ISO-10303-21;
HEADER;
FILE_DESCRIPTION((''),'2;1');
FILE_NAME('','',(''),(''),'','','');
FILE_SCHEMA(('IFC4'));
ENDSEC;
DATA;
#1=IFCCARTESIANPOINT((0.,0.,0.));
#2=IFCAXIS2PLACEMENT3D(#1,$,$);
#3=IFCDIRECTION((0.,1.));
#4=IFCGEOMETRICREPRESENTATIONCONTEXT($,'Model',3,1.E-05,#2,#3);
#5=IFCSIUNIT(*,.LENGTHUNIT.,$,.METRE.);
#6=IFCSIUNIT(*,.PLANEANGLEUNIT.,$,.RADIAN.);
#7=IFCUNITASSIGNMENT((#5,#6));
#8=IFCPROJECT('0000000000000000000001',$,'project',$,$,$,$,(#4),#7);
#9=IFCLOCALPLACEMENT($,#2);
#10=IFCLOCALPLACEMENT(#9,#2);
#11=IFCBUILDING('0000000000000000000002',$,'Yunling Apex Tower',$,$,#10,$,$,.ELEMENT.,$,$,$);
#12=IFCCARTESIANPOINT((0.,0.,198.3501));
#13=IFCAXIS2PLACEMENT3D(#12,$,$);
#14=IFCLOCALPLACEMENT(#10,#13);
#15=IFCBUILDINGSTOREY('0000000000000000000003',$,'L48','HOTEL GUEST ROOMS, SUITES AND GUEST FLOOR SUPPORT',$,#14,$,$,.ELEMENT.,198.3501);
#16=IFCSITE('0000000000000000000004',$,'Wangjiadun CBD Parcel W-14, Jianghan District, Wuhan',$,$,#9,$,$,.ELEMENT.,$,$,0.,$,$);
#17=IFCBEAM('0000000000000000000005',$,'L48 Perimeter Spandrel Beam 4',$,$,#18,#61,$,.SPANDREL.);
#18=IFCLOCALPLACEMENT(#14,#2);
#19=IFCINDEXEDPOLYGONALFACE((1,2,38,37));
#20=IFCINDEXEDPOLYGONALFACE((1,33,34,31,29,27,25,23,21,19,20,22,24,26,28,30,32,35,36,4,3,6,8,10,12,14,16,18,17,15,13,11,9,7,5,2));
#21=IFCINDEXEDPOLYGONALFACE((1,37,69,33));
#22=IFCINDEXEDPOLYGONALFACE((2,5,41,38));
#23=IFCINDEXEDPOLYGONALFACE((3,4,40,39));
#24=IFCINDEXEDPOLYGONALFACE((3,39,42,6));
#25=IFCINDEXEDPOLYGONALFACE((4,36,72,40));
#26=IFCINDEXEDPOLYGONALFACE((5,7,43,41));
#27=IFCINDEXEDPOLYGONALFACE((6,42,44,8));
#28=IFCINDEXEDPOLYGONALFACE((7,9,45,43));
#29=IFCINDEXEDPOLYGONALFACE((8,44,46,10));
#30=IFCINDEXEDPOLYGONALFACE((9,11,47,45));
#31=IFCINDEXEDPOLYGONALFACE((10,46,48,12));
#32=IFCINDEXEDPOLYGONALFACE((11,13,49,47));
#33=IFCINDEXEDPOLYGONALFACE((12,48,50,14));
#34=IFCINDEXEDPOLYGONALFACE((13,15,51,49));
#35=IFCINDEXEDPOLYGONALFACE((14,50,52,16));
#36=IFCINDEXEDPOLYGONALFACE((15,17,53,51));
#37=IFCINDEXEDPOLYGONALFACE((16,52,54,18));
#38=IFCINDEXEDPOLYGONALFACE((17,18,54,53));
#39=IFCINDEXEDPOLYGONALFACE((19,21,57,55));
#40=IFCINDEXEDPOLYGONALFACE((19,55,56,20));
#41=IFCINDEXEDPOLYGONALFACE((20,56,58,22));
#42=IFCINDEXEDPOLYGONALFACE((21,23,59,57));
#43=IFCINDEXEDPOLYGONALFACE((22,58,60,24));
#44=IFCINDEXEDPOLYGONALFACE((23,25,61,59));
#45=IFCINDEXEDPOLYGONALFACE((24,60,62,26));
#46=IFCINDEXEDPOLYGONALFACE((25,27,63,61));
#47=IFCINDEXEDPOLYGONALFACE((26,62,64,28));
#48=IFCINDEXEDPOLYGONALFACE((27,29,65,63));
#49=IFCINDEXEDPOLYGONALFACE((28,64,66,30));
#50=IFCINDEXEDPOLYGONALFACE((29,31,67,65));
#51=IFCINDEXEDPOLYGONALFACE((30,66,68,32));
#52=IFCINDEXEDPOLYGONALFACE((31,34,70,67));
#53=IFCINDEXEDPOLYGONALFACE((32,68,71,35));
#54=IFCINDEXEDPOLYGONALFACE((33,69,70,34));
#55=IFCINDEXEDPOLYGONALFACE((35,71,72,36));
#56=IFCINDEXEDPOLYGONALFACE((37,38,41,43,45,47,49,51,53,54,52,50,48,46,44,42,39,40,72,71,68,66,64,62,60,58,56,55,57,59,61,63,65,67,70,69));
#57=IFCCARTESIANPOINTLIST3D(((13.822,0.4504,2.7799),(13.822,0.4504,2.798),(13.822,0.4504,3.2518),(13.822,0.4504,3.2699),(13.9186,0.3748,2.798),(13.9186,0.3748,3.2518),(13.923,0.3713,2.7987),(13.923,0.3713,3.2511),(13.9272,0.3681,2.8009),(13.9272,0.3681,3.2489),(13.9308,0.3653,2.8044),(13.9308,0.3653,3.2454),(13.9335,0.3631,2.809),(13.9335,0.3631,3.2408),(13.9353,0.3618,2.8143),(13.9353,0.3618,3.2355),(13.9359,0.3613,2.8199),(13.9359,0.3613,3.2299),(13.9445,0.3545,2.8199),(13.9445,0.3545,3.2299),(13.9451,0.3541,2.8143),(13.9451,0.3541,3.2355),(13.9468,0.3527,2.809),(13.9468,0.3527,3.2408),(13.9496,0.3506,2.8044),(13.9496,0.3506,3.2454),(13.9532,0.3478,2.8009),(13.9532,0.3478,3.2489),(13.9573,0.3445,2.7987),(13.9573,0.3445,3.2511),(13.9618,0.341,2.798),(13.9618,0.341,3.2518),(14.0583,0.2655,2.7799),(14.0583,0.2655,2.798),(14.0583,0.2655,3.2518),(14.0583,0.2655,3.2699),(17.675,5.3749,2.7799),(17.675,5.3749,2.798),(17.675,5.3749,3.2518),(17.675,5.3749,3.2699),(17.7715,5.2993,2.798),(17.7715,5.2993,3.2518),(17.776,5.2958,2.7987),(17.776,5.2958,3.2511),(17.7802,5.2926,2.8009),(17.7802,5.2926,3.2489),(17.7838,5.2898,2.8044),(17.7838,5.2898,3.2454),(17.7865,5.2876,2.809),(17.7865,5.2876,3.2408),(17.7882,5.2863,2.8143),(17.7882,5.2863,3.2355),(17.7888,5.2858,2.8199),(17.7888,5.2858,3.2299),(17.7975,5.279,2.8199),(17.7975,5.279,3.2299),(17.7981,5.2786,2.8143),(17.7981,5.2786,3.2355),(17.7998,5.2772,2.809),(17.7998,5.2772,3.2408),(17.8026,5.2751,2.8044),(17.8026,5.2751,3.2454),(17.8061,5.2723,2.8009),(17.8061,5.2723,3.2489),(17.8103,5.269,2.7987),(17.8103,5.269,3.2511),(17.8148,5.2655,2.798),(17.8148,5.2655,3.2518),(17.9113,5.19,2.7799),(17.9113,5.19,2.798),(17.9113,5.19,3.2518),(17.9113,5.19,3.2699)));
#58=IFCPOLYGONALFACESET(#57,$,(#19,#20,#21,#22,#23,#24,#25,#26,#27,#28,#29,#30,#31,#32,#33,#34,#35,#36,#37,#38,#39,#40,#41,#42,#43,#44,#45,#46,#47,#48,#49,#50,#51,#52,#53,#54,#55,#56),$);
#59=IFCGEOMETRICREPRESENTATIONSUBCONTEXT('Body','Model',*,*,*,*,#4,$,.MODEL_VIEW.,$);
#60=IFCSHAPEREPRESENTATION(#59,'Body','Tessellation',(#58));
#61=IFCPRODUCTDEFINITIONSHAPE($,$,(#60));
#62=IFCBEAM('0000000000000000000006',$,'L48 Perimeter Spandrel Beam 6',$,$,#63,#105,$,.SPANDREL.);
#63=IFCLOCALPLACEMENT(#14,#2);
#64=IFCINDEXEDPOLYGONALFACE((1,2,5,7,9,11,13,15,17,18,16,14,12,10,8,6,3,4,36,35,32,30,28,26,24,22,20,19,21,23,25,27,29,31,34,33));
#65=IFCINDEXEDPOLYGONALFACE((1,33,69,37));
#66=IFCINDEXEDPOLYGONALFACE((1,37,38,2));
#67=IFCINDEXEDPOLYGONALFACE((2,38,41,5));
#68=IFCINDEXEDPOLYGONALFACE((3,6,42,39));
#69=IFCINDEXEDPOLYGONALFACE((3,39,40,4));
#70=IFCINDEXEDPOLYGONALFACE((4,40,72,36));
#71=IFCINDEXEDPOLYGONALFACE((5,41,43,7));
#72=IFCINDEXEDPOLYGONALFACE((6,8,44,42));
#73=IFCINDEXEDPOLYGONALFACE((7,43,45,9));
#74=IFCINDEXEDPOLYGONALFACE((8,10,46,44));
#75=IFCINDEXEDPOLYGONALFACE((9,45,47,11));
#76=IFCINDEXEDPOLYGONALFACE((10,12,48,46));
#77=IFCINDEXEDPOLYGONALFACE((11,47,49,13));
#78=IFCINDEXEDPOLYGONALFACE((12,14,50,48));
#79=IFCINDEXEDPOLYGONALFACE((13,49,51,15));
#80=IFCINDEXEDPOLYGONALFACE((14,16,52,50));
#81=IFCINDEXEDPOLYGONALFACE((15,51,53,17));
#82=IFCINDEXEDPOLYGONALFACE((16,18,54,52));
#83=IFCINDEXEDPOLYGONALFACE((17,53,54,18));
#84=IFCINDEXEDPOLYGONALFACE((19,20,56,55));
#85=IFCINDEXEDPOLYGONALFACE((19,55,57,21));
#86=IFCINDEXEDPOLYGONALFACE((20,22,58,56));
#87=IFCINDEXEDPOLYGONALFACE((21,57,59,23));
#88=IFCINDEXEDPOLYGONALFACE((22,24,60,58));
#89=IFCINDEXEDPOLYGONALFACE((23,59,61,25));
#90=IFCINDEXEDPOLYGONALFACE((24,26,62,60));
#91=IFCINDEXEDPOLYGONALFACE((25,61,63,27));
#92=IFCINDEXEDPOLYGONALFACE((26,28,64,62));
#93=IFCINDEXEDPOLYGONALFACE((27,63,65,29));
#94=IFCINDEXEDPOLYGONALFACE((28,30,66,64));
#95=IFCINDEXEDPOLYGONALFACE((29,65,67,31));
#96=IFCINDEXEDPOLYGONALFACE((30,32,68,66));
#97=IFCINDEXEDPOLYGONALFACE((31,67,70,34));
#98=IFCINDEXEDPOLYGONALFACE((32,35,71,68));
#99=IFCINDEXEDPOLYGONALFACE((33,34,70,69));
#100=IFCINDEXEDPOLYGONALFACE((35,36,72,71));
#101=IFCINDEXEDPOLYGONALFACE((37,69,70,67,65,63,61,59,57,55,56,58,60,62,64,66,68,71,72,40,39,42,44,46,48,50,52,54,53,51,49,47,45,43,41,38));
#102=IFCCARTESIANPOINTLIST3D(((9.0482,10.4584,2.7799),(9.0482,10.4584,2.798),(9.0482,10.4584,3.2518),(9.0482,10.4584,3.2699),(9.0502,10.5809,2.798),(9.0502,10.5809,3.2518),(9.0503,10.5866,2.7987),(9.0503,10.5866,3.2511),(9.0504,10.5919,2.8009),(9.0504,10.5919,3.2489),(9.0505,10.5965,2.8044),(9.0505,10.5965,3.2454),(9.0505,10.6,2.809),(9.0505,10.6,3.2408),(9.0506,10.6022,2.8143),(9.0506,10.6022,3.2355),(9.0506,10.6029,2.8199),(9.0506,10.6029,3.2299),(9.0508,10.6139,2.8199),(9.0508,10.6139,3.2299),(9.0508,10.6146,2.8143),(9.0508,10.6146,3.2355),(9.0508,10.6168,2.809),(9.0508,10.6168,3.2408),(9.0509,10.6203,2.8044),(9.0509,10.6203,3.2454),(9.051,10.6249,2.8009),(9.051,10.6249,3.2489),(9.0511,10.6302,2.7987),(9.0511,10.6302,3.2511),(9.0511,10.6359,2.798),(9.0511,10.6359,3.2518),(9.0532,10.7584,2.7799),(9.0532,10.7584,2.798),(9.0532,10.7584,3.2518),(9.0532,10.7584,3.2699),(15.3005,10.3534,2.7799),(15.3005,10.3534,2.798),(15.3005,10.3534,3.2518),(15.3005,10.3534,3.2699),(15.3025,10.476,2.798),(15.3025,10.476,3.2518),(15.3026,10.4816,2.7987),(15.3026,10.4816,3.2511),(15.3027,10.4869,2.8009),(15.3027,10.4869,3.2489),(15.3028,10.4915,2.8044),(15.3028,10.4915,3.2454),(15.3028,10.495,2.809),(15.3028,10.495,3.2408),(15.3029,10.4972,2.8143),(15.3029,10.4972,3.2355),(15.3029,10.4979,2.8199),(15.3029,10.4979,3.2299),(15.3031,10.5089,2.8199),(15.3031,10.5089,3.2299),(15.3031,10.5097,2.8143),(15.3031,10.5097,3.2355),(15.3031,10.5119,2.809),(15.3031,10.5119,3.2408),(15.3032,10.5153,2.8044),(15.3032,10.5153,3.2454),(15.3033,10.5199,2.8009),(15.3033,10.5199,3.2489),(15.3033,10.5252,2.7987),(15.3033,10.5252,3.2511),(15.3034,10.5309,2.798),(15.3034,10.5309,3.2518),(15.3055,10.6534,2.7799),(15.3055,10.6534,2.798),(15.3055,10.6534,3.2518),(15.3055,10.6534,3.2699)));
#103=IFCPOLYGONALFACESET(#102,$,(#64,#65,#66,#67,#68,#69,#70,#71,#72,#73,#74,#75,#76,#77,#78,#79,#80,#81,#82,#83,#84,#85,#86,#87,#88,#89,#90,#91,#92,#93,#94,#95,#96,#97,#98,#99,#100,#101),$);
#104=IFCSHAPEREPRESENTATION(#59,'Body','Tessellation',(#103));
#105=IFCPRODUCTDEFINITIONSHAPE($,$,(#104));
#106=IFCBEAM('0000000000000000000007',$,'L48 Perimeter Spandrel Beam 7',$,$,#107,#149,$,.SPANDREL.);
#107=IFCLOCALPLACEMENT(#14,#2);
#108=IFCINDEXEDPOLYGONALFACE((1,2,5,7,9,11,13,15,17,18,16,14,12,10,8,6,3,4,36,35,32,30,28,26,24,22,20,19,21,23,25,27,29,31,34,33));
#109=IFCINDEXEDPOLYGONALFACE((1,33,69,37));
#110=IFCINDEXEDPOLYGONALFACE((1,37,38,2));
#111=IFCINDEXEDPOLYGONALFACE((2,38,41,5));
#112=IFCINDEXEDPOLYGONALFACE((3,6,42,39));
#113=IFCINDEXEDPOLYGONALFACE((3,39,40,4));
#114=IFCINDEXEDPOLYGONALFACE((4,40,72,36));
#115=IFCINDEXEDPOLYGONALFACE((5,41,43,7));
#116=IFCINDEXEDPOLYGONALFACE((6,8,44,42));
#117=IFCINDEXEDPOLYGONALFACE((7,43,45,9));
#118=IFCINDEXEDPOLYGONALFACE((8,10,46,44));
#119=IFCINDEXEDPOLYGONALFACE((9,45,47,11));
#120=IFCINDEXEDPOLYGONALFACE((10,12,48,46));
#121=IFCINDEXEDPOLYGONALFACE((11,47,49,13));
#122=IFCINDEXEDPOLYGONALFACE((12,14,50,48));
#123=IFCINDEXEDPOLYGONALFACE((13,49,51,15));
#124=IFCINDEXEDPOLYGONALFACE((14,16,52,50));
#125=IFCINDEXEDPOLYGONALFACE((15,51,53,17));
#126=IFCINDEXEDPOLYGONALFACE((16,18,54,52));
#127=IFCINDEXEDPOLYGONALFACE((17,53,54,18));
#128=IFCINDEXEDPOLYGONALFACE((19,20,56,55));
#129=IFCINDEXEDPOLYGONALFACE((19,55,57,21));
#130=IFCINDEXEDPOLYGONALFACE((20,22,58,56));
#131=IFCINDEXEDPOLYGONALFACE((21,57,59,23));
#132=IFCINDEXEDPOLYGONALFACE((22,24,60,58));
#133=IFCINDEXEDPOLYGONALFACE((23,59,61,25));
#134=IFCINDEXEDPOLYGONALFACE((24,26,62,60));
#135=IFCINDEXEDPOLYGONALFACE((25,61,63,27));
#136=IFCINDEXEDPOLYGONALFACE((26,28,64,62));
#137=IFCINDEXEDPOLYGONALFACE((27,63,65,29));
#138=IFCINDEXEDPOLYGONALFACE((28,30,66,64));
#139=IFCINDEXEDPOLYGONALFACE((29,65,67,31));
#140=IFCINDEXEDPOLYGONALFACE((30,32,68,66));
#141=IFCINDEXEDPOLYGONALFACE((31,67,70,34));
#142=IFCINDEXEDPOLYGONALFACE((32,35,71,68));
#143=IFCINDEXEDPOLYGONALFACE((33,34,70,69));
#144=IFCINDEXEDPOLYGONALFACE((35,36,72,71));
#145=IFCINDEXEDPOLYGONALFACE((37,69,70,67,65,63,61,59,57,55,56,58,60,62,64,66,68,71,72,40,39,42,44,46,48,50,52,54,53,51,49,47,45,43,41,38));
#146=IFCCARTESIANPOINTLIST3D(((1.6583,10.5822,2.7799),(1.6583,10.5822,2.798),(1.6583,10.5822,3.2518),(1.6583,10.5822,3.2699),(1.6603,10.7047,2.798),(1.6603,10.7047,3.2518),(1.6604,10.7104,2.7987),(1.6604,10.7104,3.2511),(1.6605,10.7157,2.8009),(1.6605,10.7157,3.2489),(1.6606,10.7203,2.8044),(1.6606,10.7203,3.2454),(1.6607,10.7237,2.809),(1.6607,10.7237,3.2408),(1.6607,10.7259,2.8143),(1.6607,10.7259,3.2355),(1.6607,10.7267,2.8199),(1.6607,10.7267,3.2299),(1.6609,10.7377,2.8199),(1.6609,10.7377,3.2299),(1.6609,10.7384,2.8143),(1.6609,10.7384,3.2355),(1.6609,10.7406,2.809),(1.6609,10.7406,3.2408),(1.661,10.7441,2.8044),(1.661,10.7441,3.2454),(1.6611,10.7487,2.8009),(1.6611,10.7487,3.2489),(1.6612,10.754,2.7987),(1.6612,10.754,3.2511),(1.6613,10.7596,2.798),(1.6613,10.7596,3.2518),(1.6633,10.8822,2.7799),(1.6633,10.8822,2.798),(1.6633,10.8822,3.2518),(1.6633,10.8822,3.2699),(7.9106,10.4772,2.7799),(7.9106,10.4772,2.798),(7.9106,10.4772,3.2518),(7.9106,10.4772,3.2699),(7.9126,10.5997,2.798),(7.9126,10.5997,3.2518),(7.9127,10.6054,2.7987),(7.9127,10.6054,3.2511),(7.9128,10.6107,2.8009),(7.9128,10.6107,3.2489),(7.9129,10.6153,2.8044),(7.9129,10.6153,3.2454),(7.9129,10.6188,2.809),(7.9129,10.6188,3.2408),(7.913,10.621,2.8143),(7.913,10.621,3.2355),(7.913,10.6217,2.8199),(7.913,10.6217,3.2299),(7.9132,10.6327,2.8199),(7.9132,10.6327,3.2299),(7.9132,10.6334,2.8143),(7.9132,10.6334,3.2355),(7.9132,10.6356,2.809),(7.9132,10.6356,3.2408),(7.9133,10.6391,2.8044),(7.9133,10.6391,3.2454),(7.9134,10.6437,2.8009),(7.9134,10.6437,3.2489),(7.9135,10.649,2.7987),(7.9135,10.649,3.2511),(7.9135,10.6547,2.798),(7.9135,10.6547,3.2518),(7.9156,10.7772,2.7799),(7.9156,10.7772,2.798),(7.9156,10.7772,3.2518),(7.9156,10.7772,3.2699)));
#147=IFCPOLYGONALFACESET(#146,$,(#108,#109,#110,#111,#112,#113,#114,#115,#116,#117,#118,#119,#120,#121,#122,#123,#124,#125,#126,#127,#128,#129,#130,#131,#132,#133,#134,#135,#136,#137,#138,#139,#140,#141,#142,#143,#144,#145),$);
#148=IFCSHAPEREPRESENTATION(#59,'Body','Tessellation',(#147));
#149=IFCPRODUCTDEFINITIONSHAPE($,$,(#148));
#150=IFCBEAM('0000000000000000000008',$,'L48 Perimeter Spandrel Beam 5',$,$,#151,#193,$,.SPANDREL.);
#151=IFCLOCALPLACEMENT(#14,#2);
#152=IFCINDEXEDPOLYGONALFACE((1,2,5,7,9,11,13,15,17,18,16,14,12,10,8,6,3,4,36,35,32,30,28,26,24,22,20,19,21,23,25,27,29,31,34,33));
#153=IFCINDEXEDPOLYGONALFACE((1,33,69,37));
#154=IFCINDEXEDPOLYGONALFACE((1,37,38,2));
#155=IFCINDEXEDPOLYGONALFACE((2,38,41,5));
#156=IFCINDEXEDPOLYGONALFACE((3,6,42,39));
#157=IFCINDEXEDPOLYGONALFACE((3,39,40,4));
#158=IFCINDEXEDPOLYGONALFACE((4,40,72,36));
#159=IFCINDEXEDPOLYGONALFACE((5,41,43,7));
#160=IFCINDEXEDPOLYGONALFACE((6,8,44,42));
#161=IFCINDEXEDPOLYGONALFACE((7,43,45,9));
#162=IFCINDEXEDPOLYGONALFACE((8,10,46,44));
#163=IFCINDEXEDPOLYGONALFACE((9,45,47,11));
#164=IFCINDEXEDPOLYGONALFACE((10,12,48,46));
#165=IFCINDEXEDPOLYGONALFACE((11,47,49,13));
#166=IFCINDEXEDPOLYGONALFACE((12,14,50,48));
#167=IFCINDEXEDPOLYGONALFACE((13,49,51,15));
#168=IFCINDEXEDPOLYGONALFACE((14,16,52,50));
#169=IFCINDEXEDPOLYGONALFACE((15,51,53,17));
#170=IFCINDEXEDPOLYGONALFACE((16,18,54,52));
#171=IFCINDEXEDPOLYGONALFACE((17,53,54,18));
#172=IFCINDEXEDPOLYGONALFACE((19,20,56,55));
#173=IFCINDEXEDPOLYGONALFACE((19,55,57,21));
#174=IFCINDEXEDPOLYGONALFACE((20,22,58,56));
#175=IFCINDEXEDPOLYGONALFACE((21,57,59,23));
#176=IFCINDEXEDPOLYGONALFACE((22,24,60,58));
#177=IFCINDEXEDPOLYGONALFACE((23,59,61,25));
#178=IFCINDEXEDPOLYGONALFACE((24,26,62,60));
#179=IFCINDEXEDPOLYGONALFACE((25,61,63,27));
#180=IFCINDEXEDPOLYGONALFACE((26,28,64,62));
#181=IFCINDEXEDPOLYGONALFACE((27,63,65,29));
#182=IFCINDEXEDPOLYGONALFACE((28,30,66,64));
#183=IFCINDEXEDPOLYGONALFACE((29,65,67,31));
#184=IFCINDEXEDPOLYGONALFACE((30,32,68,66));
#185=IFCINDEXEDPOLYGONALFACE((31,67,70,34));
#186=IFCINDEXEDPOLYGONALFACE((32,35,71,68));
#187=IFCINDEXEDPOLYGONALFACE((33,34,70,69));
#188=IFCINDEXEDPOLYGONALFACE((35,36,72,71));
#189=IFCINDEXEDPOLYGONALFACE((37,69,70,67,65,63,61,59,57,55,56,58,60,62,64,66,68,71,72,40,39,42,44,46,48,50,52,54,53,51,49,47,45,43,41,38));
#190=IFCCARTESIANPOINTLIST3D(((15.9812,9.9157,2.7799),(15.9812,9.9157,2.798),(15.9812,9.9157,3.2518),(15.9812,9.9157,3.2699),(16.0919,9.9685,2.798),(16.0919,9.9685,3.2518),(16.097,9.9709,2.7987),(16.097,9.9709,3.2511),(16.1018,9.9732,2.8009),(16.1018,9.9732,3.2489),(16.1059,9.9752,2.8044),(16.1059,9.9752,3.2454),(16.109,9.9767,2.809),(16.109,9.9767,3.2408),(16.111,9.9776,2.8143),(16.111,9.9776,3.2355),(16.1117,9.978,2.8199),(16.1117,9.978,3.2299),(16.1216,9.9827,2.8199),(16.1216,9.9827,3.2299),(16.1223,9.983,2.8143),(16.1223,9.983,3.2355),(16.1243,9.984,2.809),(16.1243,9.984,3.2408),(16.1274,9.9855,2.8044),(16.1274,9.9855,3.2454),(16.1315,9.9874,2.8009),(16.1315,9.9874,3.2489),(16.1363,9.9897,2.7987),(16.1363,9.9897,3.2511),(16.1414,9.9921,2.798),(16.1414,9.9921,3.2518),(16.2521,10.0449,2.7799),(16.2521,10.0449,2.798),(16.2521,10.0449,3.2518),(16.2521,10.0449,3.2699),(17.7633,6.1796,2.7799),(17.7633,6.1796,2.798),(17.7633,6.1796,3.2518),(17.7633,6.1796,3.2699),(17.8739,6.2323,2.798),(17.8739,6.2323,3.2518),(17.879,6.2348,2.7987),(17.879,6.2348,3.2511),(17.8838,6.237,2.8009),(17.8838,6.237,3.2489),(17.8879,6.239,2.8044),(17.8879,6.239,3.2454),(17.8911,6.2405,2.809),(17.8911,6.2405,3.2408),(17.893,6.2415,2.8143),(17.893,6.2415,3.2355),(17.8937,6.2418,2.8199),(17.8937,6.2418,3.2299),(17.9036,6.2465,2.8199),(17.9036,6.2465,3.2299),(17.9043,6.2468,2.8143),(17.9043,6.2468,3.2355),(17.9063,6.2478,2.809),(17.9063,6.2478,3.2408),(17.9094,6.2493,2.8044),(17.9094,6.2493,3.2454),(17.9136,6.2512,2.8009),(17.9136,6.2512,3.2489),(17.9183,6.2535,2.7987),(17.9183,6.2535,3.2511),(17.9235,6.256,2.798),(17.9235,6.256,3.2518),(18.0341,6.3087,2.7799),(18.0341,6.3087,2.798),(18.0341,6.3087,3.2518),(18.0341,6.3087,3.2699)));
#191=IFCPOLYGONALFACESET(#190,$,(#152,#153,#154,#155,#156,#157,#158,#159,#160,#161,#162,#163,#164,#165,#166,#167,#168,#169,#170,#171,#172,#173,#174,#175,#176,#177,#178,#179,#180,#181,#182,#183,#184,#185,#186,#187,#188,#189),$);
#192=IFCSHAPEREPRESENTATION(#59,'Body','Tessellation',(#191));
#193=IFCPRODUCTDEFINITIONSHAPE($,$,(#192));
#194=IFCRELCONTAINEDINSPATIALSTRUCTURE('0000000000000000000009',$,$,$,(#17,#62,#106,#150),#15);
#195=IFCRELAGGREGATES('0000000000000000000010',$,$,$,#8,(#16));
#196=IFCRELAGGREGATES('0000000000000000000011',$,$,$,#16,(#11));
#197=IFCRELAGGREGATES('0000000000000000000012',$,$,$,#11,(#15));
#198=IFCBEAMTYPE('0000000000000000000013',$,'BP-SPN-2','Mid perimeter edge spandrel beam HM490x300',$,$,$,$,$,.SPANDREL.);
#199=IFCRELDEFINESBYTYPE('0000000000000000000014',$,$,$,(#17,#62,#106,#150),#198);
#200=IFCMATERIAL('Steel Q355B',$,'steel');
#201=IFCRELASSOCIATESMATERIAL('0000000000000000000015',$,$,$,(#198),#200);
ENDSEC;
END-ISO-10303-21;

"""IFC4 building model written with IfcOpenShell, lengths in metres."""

from ifc_helpers import new_model, si_unit, direction, frame, origin, origin_2d, place, context, subcontext, project, spatial, i_section, extrude, source, transform, mapped, material, material_profile, profile_set, type_object, element, save


model = new_model("IFC4")

# Units and contexts
model_context = context("Model", 3, precision=1e-05, world=origin(), true_north=direction((0.0, 1.0)))
body_context = subcontext(model_context, "Body", "Model", "MODEL_VIEW")
ifc_project = project(units=[si_unit("LENGTHUNIT", "METRE"), si_unit("PLANEANGLEUNIT", "RADIAN")], contexts=[model_context])

# Site, building, storey
site_placement = place(None, origin())
site = spatial("IfcSite", under=ifc_project, at=site_placement, Name="Wangjiadun CBD Parcel W-14, Jianghan District, Wuhan", CompositionType="ELEMENT", RefElevation=0.0)
building_placement = place(site_placement, origin())
building = spatial("IfcBuilding", under=site, at=building_placement, Name="Yunling Apex Tower", CompositionType="ELEMENT")
storey_placement = place(building_placement, frame((0.0, 0.0, 198.3501)))
storey = spatial("IfcBuildingStorey", under=building, at=storey_placement, Name="L48", Description="HOTEL GUEST ROOMS, SUITES AND GUEST FLOOR SUPPORT", CompositionType="ELEMENT", Elevation=198.3501)

# Beams
ifc_material_1 = material(Name="Steel Q355B", Category="steel")
ifc_material_profile_1 = material_profile(ifc_material_1, i_section(OverallWidth=0.3, OverallDepth=0.49, WebThickness=0.011, FlangeThickness=0.0181, FilletRadius=0.022, at=origin_2d()))
ifc_profile_set_1 = profile_set([ifc_material_profile_1], Name="Steel Q355B")
beam_type_1 = type_object("IfcBeamType", Name="BP-SPN-2", Description="Mid perimeter edge spandrel beam HM490x300", PredefinedType="SPANDREL", material=ifc_profile_set_1)
shared_shape_1 = source(origin(), body_context, "Body", "SweptSolid", [
    extrude(i_section(OverallWidth=0.3, OverallDepth=0.49, WebThickness=0.011, FlangeThickness=0.0181, FilletRadius=0.022, at=origin_2d()), origin(), (0.0, 0.0, 1.0), 6.2527),
])
beam_1_placement = place(storey_placement, frame((13.9402, 0.3579, 3.0249), z_axis=(0.616211, 0.787581, 0.0), x_axis=(-0.787581, 0.616211, 0.0)))
element("IfcBeam", 1, at=beam_1_placement, inside=storey, type_object=beam_type_1, Name="L48 Perimeter Spandrel Beam 4", PredefinedType="SPANDREL", context=body_context, shape_type="MappedRepresentation", body=[
    mapped(shared_shape_1, transform((0.0, 0.0, 0.0), scale=1.0)),
])
shared_shape_2 = source(origin(), body_context, "Body", "SweptSolid", [
    extrude(i_section(OverallWidth=0.3, OverallDepth=0.49, WebThickness=0.011, FlangeThickness=0.0181, FilletRadius=0.022, at=origin_2d()), origin(), (0.0, 0.0, 1.0), 6.2532),
])
for number, where, z_axis, x_axis, name in (
    (2, (15.303, 10.5034, 3.0249), (-0.999859, 0.016789, 0.0), (-0.016789, -0.999859, 0.0), "L48 Perimeter Spandrel Beam 6"),
    (3, (7.9131, 10.6272, 3.0249), (-0.999859, 0.016789, 0.0), (-0.016789, -0.999859, 0.0), "L48 Perimeter Spandrel Beam 7"),
):
    element("IfcBeam", number, at=place(storey_placement, frame(where, z_axis=z_axis, x_axis=x_axis)), inside=storey, type_object=beam_type_1, Name=name, PredefinedType="SPANDREL", context=body_context, shape_type="MappedRepresentation", body=[
        mapped(shared_shape_2, transform((0.0, 0.0, 0.0), scale=1.0)),
    ])
shared_shape_3 = source(origin(), body_context, "Body", "SweptSolid", [
    extrude(i_section(OverallWidth=0.3, OverallDepth=0.49, WebThickness=0.011, FlangeThickness=0.0181, FilletRadius=0.022, at=origin_2d()), origin(), (0.0, 0.0, 1.0), 4.1394),
])
beam_2_placement = place(storey_placement, frame((17.8987, 6.2441, 3.0249), z_axis=(-0.430504, 0.902589, 0.0), x_axis=(-0.902589, -0.430504, 0.0)))
element("IfcBeam", 4, at=beam_2_placement, inside=storey, type_object=beam_type_1, Name="L48 Perimeter Spandrel Beam 5", PredefinedType="SPANDREL", context=body_context, shape_type="MappedRepresentation", body=[
    mapped(shared_shape_3, transform((0.0, 0.0, 0.0), scale=1.0)),
])

save(model, "model.ifc")
